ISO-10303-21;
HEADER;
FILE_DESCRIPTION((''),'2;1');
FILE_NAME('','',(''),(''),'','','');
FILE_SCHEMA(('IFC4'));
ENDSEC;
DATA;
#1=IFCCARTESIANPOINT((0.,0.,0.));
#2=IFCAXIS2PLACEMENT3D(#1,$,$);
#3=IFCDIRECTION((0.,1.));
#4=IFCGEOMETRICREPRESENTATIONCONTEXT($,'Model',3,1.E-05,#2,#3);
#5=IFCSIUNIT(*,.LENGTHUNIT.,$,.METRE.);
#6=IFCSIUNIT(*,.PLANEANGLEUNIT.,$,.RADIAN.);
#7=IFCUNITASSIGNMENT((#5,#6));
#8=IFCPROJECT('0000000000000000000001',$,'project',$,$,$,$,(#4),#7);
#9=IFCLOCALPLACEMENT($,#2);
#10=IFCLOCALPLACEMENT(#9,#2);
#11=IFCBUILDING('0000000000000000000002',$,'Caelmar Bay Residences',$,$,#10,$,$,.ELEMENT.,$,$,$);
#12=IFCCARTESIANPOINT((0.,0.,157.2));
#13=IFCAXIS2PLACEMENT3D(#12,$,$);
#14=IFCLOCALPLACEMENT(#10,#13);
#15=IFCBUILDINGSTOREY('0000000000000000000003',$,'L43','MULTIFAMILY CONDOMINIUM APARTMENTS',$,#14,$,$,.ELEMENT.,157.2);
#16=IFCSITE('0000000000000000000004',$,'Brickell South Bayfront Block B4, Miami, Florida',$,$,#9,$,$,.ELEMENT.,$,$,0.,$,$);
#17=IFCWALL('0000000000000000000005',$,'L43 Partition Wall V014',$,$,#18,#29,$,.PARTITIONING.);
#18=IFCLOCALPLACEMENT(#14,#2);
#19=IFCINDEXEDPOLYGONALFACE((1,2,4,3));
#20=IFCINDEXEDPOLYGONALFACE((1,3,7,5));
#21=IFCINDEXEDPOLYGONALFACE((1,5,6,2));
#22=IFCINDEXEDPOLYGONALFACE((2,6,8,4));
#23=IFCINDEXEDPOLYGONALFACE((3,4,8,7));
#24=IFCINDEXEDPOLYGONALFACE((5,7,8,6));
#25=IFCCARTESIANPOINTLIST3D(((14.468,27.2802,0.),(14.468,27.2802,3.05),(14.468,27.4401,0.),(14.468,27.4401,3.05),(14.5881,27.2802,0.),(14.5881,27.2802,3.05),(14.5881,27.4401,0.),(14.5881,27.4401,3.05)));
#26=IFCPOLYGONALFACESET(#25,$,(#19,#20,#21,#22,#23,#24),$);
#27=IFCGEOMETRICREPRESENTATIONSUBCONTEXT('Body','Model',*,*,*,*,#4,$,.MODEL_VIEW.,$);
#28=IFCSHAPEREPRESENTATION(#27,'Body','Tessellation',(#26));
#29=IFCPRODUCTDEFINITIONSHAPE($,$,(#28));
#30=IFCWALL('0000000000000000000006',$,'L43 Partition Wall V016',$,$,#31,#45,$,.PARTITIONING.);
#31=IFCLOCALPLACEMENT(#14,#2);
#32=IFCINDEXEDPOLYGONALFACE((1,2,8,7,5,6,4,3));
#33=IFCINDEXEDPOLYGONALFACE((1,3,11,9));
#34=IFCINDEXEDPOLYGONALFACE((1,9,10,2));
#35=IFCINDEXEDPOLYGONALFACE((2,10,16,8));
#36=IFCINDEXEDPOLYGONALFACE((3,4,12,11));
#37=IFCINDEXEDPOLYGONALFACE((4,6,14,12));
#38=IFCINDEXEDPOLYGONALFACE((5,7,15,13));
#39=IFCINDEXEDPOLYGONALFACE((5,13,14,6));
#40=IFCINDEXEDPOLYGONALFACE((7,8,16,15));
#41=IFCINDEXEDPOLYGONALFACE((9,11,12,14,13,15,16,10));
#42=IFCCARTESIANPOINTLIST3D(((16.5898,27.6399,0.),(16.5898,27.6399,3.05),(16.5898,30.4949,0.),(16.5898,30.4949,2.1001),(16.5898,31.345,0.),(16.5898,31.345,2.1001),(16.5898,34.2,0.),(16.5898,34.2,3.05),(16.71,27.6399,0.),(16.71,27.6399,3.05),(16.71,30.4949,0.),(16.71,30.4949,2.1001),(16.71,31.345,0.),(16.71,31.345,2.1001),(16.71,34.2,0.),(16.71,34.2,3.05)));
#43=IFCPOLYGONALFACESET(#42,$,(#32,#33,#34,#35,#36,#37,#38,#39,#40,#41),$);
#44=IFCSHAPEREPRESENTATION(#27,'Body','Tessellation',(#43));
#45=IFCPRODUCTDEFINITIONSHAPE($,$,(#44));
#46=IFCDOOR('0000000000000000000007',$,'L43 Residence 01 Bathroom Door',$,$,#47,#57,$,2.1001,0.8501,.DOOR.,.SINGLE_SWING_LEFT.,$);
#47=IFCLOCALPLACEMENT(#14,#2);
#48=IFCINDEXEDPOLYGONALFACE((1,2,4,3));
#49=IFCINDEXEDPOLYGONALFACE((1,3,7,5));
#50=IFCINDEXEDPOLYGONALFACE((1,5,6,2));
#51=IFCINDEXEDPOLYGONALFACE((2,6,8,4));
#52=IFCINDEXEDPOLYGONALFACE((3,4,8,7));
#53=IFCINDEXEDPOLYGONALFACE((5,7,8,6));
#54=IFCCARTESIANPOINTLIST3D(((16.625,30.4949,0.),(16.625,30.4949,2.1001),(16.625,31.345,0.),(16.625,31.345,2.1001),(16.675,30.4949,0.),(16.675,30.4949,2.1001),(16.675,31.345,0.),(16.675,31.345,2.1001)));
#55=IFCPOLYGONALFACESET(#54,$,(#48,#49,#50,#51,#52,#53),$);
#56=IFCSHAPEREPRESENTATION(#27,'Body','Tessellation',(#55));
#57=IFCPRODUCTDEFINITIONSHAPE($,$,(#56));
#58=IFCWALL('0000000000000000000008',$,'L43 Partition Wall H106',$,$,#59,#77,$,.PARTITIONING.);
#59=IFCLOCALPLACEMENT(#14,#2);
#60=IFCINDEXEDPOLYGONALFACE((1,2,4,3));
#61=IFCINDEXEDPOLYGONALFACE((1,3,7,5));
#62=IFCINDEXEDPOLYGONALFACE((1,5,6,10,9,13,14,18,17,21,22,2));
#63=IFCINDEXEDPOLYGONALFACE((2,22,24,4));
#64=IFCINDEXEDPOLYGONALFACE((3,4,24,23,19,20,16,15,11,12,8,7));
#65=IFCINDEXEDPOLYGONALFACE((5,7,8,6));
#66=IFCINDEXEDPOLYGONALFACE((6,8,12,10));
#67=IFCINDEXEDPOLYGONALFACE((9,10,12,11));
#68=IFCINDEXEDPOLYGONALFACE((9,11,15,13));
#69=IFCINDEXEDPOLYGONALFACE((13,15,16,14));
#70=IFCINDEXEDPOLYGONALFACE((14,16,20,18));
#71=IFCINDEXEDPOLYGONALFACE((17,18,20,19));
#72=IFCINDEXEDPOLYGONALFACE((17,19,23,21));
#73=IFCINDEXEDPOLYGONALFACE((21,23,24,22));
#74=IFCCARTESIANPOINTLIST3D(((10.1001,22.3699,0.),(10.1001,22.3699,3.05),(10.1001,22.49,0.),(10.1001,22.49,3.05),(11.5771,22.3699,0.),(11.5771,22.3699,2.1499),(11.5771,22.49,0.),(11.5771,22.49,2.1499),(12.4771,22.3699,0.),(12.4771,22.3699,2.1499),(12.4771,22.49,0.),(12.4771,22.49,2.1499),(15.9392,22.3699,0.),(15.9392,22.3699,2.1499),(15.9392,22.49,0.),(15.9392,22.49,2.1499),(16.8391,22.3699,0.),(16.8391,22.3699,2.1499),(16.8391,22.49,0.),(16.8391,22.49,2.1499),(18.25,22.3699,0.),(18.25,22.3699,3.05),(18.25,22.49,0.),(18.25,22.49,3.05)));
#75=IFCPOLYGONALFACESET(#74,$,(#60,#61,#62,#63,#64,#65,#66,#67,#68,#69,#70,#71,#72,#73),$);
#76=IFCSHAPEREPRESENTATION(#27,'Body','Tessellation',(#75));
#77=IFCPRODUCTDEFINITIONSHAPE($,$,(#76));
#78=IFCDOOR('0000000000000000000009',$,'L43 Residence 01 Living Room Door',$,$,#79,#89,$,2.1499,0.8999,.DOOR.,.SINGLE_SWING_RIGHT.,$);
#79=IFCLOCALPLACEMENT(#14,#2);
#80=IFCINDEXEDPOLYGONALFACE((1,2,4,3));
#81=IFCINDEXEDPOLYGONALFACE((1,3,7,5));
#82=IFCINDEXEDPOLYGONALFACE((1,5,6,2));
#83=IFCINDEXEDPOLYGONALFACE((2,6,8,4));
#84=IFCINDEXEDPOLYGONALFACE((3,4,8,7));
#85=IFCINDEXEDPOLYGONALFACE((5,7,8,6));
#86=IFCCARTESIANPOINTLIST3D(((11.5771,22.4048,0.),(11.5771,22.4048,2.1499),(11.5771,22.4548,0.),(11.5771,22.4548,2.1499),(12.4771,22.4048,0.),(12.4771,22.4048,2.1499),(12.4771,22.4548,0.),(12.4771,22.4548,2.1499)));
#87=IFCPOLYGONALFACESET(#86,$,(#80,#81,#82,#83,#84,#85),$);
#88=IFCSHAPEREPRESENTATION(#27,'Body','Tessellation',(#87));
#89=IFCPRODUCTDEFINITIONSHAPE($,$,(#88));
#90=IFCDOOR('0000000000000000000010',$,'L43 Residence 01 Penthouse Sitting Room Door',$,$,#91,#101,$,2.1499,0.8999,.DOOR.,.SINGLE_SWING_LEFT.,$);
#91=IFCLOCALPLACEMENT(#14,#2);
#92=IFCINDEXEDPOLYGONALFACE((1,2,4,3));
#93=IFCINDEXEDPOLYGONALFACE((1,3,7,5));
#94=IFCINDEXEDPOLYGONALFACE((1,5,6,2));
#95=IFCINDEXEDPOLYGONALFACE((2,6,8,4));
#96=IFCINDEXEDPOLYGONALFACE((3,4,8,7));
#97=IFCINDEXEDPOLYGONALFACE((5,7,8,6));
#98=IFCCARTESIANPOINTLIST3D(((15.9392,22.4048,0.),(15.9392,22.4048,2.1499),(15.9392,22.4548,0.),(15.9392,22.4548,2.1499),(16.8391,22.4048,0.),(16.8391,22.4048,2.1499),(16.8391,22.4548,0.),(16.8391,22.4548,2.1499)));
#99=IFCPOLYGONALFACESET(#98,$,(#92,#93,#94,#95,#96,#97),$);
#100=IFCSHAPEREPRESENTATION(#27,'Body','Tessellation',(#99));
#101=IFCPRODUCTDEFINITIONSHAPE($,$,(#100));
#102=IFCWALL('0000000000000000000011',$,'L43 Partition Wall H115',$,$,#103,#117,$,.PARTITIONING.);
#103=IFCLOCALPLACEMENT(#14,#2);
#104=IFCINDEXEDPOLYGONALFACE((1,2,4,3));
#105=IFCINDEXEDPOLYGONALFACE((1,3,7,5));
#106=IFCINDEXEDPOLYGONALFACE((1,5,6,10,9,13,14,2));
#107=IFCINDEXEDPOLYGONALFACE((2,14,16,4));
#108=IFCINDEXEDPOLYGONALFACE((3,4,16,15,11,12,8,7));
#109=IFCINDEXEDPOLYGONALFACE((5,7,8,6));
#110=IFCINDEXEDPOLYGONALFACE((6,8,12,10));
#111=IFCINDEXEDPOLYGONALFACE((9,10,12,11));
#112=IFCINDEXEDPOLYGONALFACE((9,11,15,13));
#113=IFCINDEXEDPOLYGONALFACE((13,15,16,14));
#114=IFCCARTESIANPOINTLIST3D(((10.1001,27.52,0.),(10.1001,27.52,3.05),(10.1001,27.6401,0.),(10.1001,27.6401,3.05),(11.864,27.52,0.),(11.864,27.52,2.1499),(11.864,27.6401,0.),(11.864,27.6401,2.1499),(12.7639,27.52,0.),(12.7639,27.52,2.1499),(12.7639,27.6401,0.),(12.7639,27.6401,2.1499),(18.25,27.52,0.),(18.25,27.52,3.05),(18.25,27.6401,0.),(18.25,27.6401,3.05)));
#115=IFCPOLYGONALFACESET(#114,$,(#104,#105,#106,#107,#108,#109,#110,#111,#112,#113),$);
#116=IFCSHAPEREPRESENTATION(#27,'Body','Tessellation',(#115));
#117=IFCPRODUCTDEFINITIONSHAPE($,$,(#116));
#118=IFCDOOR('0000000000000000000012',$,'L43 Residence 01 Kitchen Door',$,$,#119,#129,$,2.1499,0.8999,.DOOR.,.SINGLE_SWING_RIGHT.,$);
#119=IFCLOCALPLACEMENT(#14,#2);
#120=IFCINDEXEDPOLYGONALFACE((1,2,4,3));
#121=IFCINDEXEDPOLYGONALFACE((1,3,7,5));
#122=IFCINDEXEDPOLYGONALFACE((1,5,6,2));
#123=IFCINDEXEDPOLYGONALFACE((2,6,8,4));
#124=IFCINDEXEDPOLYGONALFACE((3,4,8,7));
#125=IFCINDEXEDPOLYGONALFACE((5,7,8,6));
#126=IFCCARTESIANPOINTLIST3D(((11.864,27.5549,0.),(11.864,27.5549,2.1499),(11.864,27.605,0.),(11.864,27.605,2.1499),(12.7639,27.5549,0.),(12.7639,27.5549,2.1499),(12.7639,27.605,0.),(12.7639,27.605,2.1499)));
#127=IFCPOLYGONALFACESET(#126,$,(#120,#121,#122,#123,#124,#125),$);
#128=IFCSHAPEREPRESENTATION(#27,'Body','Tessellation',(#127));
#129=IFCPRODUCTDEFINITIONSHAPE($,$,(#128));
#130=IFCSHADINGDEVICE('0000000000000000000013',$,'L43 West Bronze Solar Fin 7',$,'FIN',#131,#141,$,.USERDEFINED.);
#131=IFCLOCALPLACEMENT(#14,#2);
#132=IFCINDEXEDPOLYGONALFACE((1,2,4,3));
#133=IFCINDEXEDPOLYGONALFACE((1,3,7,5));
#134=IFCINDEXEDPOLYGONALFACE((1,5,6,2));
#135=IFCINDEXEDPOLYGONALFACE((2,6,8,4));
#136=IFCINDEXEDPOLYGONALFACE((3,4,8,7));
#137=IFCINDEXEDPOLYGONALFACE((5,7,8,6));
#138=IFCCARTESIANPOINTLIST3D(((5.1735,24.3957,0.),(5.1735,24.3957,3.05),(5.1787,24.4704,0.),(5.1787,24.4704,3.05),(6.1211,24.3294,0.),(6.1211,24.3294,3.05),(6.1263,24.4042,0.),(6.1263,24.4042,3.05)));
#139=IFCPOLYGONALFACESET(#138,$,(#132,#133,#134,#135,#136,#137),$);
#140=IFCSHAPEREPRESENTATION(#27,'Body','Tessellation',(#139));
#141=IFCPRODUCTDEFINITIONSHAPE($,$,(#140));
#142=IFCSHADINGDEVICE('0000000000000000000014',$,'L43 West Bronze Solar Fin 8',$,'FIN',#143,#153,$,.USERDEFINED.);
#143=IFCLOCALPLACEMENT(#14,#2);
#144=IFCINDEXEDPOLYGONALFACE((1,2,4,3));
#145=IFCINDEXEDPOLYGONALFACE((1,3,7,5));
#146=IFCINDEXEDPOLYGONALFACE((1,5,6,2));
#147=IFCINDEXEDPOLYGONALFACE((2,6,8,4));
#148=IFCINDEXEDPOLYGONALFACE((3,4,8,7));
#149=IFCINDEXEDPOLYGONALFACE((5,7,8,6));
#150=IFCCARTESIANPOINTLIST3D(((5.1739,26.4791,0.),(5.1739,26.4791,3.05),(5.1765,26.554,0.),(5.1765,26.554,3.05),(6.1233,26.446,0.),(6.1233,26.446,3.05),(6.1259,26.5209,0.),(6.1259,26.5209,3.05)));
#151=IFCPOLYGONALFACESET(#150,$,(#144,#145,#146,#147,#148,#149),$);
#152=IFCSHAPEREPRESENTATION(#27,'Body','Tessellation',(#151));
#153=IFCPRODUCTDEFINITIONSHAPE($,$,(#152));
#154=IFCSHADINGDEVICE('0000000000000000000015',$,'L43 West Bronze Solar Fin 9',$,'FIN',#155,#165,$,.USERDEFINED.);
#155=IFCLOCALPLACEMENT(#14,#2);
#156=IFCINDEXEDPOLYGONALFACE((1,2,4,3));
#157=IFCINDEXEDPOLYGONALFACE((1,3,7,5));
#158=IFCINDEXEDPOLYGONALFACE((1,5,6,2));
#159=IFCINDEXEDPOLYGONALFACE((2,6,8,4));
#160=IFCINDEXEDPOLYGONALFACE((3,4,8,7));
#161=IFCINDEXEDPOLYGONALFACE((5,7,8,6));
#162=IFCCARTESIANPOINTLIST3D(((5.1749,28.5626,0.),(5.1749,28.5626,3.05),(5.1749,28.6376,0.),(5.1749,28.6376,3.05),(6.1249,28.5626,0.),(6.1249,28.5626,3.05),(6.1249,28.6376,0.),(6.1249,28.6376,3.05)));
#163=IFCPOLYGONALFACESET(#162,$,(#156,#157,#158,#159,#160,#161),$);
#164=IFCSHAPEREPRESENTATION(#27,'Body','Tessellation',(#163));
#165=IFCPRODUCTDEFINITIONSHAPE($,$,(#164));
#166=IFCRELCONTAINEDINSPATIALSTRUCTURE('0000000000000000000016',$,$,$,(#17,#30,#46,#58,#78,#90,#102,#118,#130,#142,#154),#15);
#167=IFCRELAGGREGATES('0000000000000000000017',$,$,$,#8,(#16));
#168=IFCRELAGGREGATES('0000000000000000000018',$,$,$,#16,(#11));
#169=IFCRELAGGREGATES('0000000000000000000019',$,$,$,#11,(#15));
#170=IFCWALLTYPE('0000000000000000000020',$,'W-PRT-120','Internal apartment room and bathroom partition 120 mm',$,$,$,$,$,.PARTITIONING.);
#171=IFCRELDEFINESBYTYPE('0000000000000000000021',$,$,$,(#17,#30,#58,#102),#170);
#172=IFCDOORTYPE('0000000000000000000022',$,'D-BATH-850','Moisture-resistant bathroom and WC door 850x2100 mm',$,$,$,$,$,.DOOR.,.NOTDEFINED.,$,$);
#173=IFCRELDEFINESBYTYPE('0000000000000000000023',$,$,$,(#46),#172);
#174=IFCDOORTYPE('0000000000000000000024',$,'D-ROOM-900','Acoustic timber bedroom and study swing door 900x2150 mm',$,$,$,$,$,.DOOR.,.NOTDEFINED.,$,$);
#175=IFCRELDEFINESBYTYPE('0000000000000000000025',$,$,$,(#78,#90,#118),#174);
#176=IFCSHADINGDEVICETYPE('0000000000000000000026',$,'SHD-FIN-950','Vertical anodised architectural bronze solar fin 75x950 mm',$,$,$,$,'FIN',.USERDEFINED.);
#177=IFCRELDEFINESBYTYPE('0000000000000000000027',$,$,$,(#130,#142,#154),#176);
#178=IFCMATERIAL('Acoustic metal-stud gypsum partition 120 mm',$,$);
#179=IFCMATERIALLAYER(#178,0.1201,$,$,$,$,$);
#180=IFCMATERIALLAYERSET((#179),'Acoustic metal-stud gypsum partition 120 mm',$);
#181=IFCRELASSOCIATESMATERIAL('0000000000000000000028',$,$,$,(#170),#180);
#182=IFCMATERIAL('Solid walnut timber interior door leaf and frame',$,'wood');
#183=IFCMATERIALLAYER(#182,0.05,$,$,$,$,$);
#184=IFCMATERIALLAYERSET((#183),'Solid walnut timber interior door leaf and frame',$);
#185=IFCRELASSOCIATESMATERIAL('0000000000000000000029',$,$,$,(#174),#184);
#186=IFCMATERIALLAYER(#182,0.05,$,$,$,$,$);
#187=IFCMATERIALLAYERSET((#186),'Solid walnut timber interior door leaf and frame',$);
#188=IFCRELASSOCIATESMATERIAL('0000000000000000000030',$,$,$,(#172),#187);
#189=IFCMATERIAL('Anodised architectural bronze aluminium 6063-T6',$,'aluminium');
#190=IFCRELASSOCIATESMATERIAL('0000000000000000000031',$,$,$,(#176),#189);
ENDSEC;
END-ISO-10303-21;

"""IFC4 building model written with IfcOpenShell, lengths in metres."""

from ifc_helpers import new_model, si_unit, direction, frame, frame_2d, origin, origin_2d, place, context, subcontext, project, spatial, rectangle, extrude, material, layer, layer_set, material_profile, profile_set, type_object, element, fill, save


model = new_model("IFC4")

# Units and contexts
model_context = context("Model", 3, precision=1e-05, world=origin(), true_north=direction((0.0, 1.0)))
body_context = subcontext(model_context, "Body", "Model", "MODEL_VIEW")
ifc_project = project(units=[si_unit("LENGTHUNIT", "METRE"), si_unit("PLANEANGLEUNIT", "RADIAN")], contexts=[model_context])

# Site, building, storey
site_placement = place(None, origin())
site = spatial("IfcSite", under=ifc_project, at=site_placement, Name="Brickell South Bayfront Block B4, Miami, Florida", CompositionType="ELEMENT", RefElevation=0.0)
building_placement = place(site_placement, origin())
building = spatial("IfcBuilding", under=site, at=building_placement, Name="Caelmar Bay Residences", CompositionType="ELEMENT")
storey_placement = place(building_placement, frame((0.0, 0.0, 157.2)))
storey = spatial("IfcBuildingStorey", under=building, at=storey_placement, Name="L43", Description="MULTIFAMILY CONDOMINIUM APARTMENTS", CompositionType="ELEMENT", Elevation=157.2)

# Shared definitions
ifc_material_1 = material(Name="Acoustic metal-stud gypsum partition 120 mm")
ifc_layer_1 = layer(ifc_material_1, 0.1201)
ifc_layer_set_1 = layer_set([ifc_layer_1], Name="Acoustic metal-stud gypsum partition 120 mm")
wall_type_1 = type_object("IfcWallType", Name="W-PRT-120", Description="Internal apartment room and bathroom partition 120 mm", PredefinedType="PARTITIONING", material=ifc_layer_set_1)
ifc_material_2 = material(Name="Solid walnut timber interior door leaf and frame", Category="wood")
ifc_layer_2 = layer(ifc_material_2, 0.05)
ifc_layer_set_2 = layer_set([ifc_layer_2], Name="Solid walnut timber interior door leaf and frame")
door_type_1 = type_object("IfcDoorType", Name="D-ROOM-900", Description="Acoustic timber bedroom and study swing door 900x2150 mm", OperationType="NOTDEFINED", PredefinedType="DOOR", material=ifc_layer_set_2)

# Wall
wall_1_placement = place(storey_placement, frame((14.5281, 27.28, 0.0), z_axis=(0.0, 0.0, 1.0), x_axis=(0.0, 1.0, 0.0)))
element("IfcWall", 1, at=wall_1_placement, inside=storey, type_object=wall_type_1, Name="L43 Partition Wall V014", PredefinedType="PARTITIONING", context=body_context, shape_type="SweptSolid", body=[
    extrude(rectangle(XDim=0.1599, YDim=0.1201, at=frame_2d((0.0801, 0.0))), origin(), (0.0, 0.0, 1.0), 3.05),
])

# Wall, opening, door
wall_2_placement = place(storey_placement, frame((16.6499, 27.6399, 0.0), z_axis=(0.0, 0.0, 1.0), x_axis=(0.0, 1.0, 0.0)))
wall_2 = element("IfcWall", 2, at=wall_2_placement, inside=storey, type_object=wall_type_1, Name="L43 Partition Wall V016", PredefinedType="PARTITIONING", context=body_context, shape_type="SweptSolid", body=[
    extrude(rectangle(XDim=6.5601, YDim=0.1201, at=frame_2d((3.28, 0.0))), origin(), (0.0, 0.0, 1.0), 3.05),
])
opening_1_placement = place(wall_2_placement, frame((2.855, 0.0, 0.0)))
opening_1 = element("IfcOpeningElement", 3, at=opening_1_placement, cuts=wall_2, PredefinedType="OPENING", context=body_context, shape_type="SweptSolid", body=[
    extrude(rectangle(XDim=0.8501, YDim=2.1001, at=frame_2d((0.425, 1.05))), frame((0.0, 0.0701, 0.0), z_axis=(0.0, -1.0, 0.0), x_axis=(1.0, 0.0, 0.0)), (0.0, 0.0, 1.0), 0.1401),
])
ifc_layer_3 = layer(ifc_material_2, 0.05)
ifc_layer_set_3 = layer_set([ifc_layer_3], Name="Solid walnut timber interior door leaf and frame")
door_type_2 = type_object("IfcDoorType", Name="D-BATH-850", Description="Moisture-resistant bathroom and WC door 850x2100 mm", OperationType="NOTDEFINED", PredefinedType="DOOR", material=ifc_layer_set_3)
door_1_placement = place(opening_1_placement, origin())
door_1 = element("IfcDoor", 4, at=door_1_placement, inside=storey, type_object=door_type_2, Name="L43 Residence 01 Bathroom Door", OperationType="SINGLE_SWING_LEFT", OverallHeight=2.1001, OverallWidth=0.8501, PredefinedType="DOOR", context=body_context, shape_type="SweptSolid", body=[
    extrude(rectangle(XDim=0.8501, YDim=2.1001, at=frame_2d((0.425, 1.05))), frame((0.0, 0.0249, 0.0), z_axis=(0.0, -1.0, 0.0), x_axis=(1.0, 0.0, 0.0)), (0.0, 0.0, 1.0), 0.05),
])
fill(opening_1, door_1)

# Wall, openings, doors
wall_3_placement = place(storey_placement, frame((10.1001, 22.4299, 0.0), z_axis=(0.0, 0.0, 1.0), x_axis=(1.0, 0.0, 0.0)))
wall_3 = element("IfcWall", 5, at=wall_3_placement, inside=storey, type_object=wall_type_1, Name="L43 Partition Wall H106", PredefinedType="PARTITIONING", context=body_context, shape_type="SweptSolid", body=[
    extrude(rectangle(XDim=8.1499, YDim=0.1201, at=frame_2d((4.075, 0.0))), origin(), (0.0, 0.0, 1.0), 3.05),
])
opening_2_placement = place(wall_3_placement, frame((1.4771, 0.0, 0.0)))
opening_2 = element("IfcOpeningElement", 6, at=opening_2_placement, cuts=wall_3, PredefinedType="OPENING", context=body_context, shape_type="SweptSolid", body=[
    extrude(rectangle(XDim=0.8999, YDim=2.1499, at=frame_2d((0.45, 1.075))), frame((0.0, 0.0701, 0.0), z_axis=(0.0, -1.0, 0.0), x_axis=(1.0, 0.0, 0.0)), (0.0, 0.0, 1.0), 0.1401),
])
opening_3_placement = place(wall_3_placement, frame((5.8391, 0.0, 0.0)))
opening_3 = element("IfcOpeningElement", 7, at=opening_3_placement, cuts=wall_3, PredefinedType="OPENING", context=body_context, shape_type="SweptSolid", body=[
    extrude(rectangle(XDim=0.8999, YDim=2.1499, at=frame_2d((0.45, 1.075))), frame((0.0, 0.0701, 0.0), z_axis=(0.0, -1.0, 0.0), x_axis=(1.0, 0.0, 0.0)), (0.0, 0.0, 1.0), 0.1401),
])
door_2_placement = place(opening_2_placement, origin())
door_2 = element("IfcDoor", 8, at=door_2_placement, inside=storey, type_object=door_type_1, Name="L43 Residence 01 Living Room Door", OperationType="SINGLE_SWING_RIGHT", OverallHeight=2.1499, OverallWidth=0.8999, PredefinedType="DOOR", context=body_context, shape_type="SweptSolid", body=[
    extrude(rectangle(XDim=0.8999, YDim=2.1499, at=frame_2d((0.45, 1.075))), frame((0.0, 0.0249, 0.0), z_axis=(0.0, -1.0, 0.0), x_axis=(1.0, 0.0, 0.0)), (0.0, 0.0, 1.0), 0.05),
])
fill(opening_2, door_2)
door_3_placement = place(opening_3_placement, origin())
door_3 = element("IfcDoor", 9, at=door_3_placement, inside=storey, type_object=door_type_1, Name="L43 Residence 01 Penthouse Sitting Room Door", OperationType="SINGLE_SWING_LEFT", OverallHeight=2.1499, OverallWidth=0.8999, PredefinedType="DOOR", context=body_context, shape_type="SweptSolid", body=[
    extrude(rectangle(XDim=0.8999, YDim=2.1499, at=frame_2d((0.45, 1.075))), frame((0.0, 0.0249, 0.0), z_axis=(0.0, -1.0, 0.0), x_axis=(1.0, 0.0, 0.0)), (0.0, 0.0, 1.0), 0.05),
])
fill(opening_3, door_3)

# Wall, opening, door
wall_4_placement = place(storey_placement, frame((10.1001, 27.5801, 0.0), z_axis=(0.0, 0.0, 1.0), x_axis=(1.0, 0.0, 0.0)))
wall_4 = element("IfcWall", 10, at=wall_4_placement, inside=storey, type_object=wall_type_1, Name="L43 Partition Wall H115", PredefinedType="PARTITIONING", context=body_context, shape_type="SweptSolid", body=[
    extrude(rectangle(XDim=8.1499, YDim=0.1201, at=frame_2d((4.075, 0.0))), origin(), (0.0, 0.0, 1.0), 3.05),
])
opening_4_placement = place(wall_4_placement, frame((1.7639, 0.0, 0.0)))
opening_4 = element("IfcOpeningElement", 11, at=opening_4_placement, cuts=wall_4, PredefinedType="OPENING", context=body_context, shape_type="SweptSolid", body=[
    extrude(rectangle(XDim=0.8999, YDim=2.1499, at=frame_2d((0.45, 1.075))), frame((0.0, 0.0701, 0.0), z_axis=(0.0, -1.0, 0.0), x_axis=(1.0, 0.0, 0.0)), (0.0, 0.0, 1.0), 0.1401),
])
door_4_placement = place(opening_4_placement, origin())
door_4 = element("IfcDoor", 12, at=door_4_placement, inside=storey, type_object=door_type_1, Name="L43 Residence 01 Kitchen Door", OperationType="SINGLE_SWING_RIGHT", OverallHeight=2.1499, OverallWidth=0.8999, PredefinedType="DOOR", context=body_context, shape_type="SweptSolid", body=[
    extrude(rectangle(XDim=0.8999, YDim=2.1499, at=frame_2d((0.45, 1.075))), frame((0.0, 0.0249, 0.0), z_axis=(0.0, -1.0, 0.0), x_axis=(1.0, 0.0, 0.0)), (0.0, 0.0, 1.0), 0.05),
])
fill(opening_4, door_4)

# Shading devices
ifc_material_3 = material(Name="Anodised architectural bronze aluminium 6063-T6", Category="aluminium")
ifc_material_profile_1 = material_profile(ifc_material_3, rectangle(XDim=0.075, YDim=0.95, at=origin_2d()), Name="BRONZE-FIN-75X950")
ifc_profile_set_1 = profile_set([ifc_material_profile_1], Name="Anodised architectural bronze aluminium 6063-T6")
shading_device_type = type_object("IfcShadingDeviceType", Name="SHD-FIN-950", Description="Vertical anodised architectural bronze solar fin 75x950 mm", ElementType="FIN", PredefinedType="USERDEFINED", material=ifc_profile_set_1)
for number, where, z_axis, x_axis, name in (
    (13, (5.6499, 24.3999, 0.0), (0.0, 0.0, 1.0), (0.069756, 0.997564, 0.0), "L43 West Bronze Solar Fin 7"),
    (14, (5.6499, 26.5, 0.0), (0.0, 0.0, 1.0), (0.034899, 0.999391, 0.0), "L43 West Bronze Solar Fin 8"),
    (15, (5.6499, 28.6001, 0.0), (0.0, 0.0, 1.0), (0.0, 1.0, 0.0), "L43 West Bronze Solar Fin 9"),
):
    element("IfcShadingDevice", number, at=place(storey_placement, frame(where, z_axis=z_axis, x_axis=x_axis)), inside=storey, type_object=shading_device_type, Name=name, ObjectType="FIN", PredefinedType="USERDEFINED", context=body_context, shape_type="SweptSolid", body=[
        extrude(rectangle(XDim=0.075, YDim=0.95, at=origin_2d()), origin(), (0.0, 0.0, 1.0), 3.05),
    ])

save(model, "model.ifc")
